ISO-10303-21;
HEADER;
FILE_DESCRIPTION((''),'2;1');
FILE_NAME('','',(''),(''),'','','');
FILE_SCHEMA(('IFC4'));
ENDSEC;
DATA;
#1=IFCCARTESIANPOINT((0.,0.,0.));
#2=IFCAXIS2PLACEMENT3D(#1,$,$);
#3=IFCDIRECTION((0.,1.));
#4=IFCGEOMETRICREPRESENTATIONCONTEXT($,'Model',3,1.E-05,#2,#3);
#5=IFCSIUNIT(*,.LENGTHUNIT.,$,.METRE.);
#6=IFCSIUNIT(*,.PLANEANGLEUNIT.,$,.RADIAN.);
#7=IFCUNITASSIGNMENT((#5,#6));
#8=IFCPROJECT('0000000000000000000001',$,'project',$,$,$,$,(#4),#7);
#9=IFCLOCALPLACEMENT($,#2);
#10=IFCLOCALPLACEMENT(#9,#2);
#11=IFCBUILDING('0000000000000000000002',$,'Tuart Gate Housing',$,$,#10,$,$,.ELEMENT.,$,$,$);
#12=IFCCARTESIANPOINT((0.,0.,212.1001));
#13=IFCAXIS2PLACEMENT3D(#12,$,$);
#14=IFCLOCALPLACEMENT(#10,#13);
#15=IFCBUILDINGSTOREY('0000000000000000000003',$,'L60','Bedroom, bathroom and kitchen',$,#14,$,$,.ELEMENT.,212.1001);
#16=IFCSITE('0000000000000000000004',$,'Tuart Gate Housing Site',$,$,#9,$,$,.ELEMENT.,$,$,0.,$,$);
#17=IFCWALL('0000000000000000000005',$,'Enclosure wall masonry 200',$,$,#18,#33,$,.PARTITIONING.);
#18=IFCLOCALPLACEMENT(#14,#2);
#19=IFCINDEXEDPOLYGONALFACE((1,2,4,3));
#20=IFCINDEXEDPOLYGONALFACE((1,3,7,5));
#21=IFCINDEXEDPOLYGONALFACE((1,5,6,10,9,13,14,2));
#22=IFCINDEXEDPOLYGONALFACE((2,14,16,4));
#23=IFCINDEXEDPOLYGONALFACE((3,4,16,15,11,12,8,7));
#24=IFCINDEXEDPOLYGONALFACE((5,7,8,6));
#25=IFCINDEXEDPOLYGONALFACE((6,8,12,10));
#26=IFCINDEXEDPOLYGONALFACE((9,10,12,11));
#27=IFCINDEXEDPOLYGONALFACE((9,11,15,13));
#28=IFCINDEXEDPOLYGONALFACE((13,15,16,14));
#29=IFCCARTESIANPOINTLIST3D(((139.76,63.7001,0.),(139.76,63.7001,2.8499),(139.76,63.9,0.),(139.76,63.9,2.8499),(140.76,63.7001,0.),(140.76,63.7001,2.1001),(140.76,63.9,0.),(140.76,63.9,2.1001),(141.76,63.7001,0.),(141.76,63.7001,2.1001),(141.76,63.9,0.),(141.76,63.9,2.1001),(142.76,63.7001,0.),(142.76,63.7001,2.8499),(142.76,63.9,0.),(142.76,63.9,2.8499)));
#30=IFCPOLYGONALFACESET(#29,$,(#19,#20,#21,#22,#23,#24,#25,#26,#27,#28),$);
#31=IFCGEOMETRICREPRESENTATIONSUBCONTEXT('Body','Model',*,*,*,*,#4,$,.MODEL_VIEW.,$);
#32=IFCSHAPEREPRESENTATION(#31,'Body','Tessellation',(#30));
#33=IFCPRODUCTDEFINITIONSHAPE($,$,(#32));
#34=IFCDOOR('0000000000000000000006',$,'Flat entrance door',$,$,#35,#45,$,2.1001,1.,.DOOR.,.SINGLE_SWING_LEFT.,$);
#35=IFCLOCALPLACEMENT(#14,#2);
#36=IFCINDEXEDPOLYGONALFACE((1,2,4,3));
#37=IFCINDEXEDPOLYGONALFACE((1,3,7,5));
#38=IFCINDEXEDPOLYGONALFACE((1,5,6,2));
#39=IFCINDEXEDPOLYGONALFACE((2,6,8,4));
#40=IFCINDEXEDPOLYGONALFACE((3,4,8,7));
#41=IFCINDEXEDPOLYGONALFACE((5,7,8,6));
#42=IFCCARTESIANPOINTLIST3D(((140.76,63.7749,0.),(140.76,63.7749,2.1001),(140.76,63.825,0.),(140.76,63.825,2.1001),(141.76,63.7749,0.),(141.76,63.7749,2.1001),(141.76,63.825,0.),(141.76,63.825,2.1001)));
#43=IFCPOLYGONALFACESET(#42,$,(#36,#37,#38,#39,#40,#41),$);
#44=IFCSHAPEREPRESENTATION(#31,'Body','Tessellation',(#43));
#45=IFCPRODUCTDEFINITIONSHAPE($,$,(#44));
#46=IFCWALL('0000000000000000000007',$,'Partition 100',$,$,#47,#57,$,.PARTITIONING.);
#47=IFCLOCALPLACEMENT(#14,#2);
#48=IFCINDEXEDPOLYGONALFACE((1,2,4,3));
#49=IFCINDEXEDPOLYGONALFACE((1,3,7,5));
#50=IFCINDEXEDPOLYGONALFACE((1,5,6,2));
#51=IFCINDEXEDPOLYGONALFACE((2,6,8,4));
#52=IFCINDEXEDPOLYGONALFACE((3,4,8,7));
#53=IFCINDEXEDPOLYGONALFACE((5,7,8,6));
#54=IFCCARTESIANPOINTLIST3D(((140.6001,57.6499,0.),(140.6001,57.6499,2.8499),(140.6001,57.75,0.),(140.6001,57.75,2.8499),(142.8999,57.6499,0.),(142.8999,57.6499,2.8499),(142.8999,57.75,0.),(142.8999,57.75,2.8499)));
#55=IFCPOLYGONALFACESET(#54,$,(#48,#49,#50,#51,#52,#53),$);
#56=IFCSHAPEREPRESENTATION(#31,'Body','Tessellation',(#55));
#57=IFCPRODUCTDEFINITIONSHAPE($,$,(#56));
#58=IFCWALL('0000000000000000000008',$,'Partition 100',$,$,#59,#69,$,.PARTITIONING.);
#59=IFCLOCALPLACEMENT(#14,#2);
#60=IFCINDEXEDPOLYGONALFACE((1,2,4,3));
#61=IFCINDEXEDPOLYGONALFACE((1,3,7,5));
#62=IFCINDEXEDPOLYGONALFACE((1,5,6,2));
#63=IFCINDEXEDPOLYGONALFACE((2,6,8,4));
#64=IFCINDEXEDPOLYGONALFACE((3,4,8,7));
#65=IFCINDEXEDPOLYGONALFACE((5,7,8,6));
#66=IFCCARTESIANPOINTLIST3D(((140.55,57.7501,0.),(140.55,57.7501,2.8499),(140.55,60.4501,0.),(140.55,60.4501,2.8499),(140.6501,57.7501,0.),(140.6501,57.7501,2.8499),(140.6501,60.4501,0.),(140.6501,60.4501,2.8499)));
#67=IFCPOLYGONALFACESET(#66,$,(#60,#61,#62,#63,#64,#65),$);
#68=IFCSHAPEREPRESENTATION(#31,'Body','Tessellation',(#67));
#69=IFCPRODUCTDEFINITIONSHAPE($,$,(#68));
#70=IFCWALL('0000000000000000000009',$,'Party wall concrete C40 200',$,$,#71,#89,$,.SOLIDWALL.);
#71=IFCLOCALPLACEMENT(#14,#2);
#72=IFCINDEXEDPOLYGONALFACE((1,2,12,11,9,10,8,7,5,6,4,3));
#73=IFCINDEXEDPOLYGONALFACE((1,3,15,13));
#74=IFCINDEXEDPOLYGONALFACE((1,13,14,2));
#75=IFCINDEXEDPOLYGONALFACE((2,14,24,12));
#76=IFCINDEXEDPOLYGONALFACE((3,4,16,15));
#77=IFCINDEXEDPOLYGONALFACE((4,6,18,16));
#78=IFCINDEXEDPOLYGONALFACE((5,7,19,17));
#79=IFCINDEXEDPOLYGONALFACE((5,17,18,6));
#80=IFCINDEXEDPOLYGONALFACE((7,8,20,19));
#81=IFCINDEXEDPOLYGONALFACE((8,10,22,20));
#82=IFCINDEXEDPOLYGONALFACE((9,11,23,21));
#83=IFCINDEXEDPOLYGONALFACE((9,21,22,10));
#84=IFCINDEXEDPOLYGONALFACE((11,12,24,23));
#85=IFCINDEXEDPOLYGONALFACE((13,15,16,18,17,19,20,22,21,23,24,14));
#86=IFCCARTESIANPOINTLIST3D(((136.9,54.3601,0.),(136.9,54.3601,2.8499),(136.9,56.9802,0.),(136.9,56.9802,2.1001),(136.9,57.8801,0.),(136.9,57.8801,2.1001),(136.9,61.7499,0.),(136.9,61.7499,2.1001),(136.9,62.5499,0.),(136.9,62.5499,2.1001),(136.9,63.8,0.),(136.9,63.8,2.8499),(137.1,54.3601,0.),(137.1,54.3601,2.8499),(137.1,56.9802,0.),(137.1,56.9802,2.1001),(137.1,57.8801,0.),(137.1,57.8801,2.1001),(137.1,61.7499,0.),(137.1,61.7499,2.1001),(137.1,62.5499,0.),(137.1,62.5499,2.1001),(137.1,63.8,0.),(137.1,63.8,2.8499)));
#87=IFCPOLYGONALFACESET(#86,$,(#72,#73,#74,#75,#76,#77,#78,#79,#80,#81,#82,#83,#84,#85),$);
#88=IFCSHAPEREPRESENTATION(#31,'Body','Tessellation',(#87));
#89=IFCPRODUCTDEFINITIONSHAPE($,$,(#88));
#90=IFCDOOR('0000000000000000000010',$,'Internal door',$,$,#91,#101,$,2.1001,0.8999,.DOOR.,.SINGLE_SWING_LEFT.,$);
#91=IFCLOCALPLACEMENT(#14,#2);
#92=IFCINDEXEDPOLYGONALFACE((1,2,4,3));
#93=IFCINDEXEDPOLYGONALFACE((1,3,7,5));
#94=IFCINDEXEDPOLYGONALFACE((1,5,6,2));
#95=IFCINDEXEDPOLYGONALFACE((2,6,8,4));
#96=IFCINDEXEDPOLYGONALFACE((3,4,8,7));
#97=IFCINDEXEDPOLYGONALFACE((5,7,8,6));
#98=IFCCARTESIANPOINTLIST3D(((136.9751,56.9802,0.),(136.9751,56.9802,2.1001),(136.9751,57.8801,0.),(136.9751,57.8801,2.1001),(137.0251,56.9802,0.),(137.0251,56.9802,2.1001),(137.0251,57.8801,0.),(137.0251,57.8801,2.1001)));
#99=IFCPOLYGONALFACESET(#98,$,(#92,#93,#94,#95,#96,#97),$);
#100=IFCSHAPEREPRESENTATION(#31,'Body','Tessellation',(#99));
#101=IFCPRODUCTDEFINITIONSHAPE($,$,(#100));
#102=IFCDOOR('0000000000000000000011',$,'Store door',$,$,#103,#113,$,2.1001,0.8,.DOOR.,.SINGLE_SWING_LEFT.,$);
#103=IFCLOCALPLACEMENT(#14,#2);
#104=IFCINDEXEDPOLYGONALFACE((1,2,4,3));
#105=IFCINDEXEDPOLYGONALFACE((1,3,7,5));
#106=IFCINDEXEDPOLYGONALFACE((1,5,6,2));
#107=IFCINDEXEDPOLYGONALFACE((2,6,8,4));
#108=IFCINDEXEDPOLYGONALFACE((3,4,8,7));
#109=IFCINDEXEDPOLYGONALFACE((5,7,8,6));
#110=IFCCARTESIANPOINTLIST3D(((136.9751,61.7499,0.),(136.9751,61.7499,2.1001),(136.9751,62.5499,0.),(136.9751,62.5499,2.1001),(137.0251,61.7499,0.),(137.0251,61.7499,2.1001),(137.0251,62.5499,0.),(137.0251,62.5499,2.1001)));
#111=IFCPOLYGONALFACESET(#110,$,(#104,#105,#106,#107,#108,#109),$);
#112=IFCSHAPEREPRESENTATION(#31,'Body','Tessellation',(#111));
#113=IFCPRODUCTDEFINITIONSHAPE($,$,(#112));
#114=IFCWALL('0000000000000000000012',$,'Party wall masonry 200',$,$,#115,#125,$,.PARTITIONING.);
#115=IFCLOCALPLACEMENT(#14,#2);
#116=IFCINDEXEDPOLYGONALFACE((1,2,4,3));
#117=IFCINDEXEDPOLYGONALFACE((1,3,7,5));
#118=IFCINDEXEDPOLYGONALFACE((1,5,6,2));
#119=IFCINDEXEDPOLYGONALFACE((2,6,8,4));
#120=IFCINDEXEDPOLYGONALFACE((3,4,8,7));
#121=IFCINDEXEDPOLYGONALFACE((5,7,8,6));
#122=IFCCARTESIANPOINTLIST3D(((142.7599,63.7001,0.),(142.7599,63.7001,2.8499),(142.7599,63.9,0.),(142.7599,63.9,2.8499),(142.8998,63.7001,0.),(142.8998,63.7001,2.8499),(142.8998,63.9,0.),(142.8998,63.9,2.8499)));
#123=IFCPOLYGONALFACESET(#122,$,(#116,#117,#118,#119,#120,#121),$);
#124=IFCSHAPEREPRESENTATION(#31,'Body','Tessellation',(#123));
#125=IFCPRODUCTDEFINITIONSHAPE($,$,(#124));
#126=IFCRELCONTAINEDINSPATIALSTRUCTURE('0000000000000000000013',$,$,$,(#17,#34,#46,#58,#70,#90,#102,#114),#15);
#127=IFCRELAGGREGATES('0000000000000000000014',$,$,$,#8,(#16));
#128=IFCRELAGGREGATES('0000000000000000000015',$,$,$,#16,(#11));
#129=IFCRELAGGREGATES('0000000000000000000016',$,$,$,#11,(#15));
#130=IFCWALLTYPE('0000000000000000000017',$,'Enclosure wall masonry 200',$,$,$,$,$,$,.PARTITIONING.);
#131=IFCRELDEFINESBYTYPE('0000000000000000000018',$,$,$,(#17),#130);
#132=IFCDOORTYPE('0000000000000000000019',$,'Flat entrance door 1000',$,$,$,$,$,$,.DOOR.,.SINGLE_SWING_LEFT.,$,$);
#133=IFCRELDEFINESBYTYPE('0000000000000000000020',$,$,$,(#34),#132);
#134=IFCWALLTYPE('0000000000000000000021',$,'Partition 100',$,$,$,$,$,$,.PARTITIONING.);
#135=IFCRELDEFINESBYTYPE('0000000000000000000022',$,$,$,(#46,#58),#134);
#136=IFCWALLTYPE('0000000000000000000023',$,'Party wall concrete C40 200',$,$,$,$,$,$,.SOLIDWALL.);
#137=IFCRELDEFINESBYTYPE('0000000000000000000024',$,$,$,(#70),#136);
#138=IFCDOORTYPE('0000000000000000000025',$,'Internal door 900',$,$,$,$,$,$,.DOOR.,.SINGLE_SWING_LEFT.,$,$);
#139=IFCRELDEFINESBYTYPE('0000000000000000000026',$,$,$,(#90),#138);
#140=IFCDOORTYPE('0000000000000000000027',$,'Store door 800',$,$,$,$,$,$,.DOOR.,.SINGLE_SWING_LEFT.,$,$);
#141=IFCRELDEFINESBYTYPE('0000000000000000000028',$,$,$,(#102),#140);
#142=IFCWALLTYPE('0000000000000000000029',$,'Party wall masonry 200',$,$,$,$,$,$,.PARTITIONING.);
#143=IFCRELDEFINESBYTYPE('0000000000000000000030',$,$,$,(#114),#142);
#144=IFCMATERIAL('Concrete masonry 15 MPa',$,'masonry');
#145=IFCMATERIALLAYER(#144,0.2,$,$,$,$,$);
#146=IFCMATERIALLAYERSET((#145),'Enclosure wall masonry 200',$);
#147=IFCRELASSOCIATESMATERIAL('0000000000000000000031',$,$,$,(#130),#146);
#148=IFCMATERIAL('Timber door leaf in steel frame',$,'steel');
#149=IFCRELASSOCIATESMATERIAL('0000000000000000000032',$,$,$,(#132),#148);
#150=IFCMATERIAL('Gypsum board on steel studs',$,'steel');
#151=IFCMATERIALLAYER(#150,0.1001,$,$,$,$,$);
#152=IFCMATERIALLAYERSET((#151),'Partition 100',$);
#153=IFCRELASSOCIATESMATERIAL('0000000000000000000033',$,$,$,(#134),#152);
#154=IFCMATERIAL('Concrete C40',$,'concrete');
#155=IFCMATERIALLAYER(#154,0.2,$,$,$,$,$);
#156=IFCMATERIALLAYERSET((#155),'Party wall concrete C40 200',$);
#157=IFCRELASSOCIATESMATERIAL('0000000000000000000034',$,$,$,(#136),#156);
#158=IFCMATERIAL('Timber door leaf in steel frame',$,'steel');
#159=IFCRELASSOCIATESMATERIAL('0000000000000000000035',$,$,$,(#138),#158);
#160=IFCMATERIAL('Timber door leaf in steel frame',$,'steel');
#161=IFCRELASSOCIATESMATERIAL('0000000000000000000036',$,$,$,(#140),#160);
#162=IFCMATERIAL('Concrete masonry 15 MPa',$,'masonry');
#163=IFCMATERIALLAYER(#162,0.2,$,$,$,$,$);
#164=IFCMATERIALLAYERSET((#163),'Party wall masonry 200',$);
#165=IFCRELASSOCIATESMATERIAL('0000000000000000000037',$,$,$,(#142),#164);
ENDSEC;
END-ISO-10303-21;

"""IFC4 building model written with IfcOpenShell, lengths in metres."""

from ifc_helpers import new_model, si_unit, direction, frame, frame_2d, origin, place, context, subcontext, project, spatial, rectangle, extrude, material, layer, layer_set, type_object, element, fill, save


model = new_model("IFC4")

# Units and contexts
model_context = context("Model", 3, precision=1e-05, world=origin(), true_north=direction((0.0, 1.0)))
body_context = subcontext(model_context, "Body", "Model", "MODEL_VIEW")
ifc_project = project(units=[si_unit("LENGTHUNIT", "METRE"), si_unit("PLANEANGLEUNIT", "RADIAN")], contexts=[model_context])

# Site, building, storey
site_placement = place(None, origin())
site = spatial("IfcSite", under=ifc_project, at=site_placement, Name="Tuart Gate Housing Site", CompositionType="ELEMENT", RefElevation=0.0)
building_placement = place(site_placement, origin())
building = spatial("IfcBuilding", under=site, at=building_placement, Name="Tuart Gate Housing", CompositionType="ELEMENT")
storey_placement = place(building_placement, frame((0.0, 0.0, 212.1001)))
storey = spatial("IfcBuildingStorey", under=building, at=storey_placement, Name="L60", Description="Bedroom, bathroom and kitchen", CompositionType="ELEMENT", Elevation=212.1001)

# Wall, opening, door
ifc_material_1 = material(Name="Concrete masonry 15 MPa", Category="masonry")
ifc_layer_1 = layer(ifc_material_1, 0.2)
ifc_layer_set_1 = layer_set([ifc_layer_1], Name="Enclosure wall masonry 200")
wall_type_1 = type_object("IfcWallType", Name="Enclosure wall masonry 200", PredefinedType="PARTITIONING", material=ifc_layer_set_1)
wall_1_placement = place(storey_placement, frame((139.76, 63.8, 0.0), z_axis=(0.0, 0.0, 1.0), x_axis=(1.0, 0.0, 0.0)))
wall_1 = element("IfcWall", 1, at=wall_1_placement, inside=storey, type_object=wall_type_1, Name="Enclosure wall masonry 200", PredefinedType="PARTITIONING", context=body_context, shape_type="SweptSolid", body=[
    extrude(rectangle(XDim=3.0, YDim=0.2, at=frame_2d((1.5, 0.0))), origin(), (0.0, 0.0, 1.0), 2.8499),
])
opening_1_placement = place(wall_1_placement, frame((1.0, 0.0, 0.0)))
opening_1 = element("IfcOpeningElement", 2, at=opening_1_placement, cuts=wall_1, PredefinedType="OPENING", context=body_context, shape_type="SweptSolid", body=[
    extrude(rectangle(XDim=1.0, YDim=2.1001, at=frame_2d((0.5, 1.05))), frame((0.0, 0.1099, 0.0), z_axis=(0.0, -1.0, 0.0), x_axis=(1.0, 0.0, 0.0)), (0.0, 0.0, 1.0), 0.22),
])
ifc_material_2 = material(Name="Timber door leaf in steel frame", Category="steel")
door_type_1 = type_object("IfcDoorType", Name="Flat entrance door 1000", OperationType="SINGLE_SWING_LEFT", PredefinedType="DOOR", material=ifc_material_2)
door_1_placement = place(opening_1_placement, frame((1.0, 0.0, 0.0), z_axis=(0.0, 0.0, 1.0), x_axis=(-1.0, 0.0, 0.0)))
door_1 = element("IfcDoor", 3, at=door_1_placement, inside=storey, type_object=door_type_1, Name="Flat entrance door", OperationType="SINGLE_SWING_LEFT", OverallHeight=2.1001, OverallWidth=1.0, PredefinedType="DOOR", context=body_context, shape_type="SweptSolid", body=[
    extrude(rectangle(XDim=1.0, YDim=2.1001, at=frame_2d((0.5, 1.05))), frame((0.0, 0.0251, 0.0), z_axis=(0.0, -1.0, 0.0), x_axis=(1.0, 0.0, 0.0)), (0.0, 0.0, 1.0), 0.05),
])
fill(opening_1, door_1)

# Walls
ifc_material_3 = material(Name="Gypsum board on steel studs", Category="steel")
ifc_layer_2 = layer(ifc_material_3, 0.1001)
ifc_layer_set_2 = layer_set([ifc_layer_2], Name="Partition 100")
wall_type_2 = type_object("IfcWallType", Name="Partition 100", PredefinedType="PARTITIONING", material=ifc_layer_set_2)
wall_2_placement = place(storey_placement, frame((140.6001, 57.7, 0.0), z_axis=(0.0, 0.0, 1.0), x_axis=(1.0, 0.0, 0.0)))
element("IfcWall", 4, at=wall_2_placement, inside=storey, type_object=wall_type_2, Name="Partition 100", PredefinedType="PARTITIONING", context=body_context, shape_type="SweptSolid", body=[
    extrude(rectangle(XDim=2.2998, YDim=0.1001, at=frame_2d((1.1499, 0.0))), origin(), (0.0, 0.0, 1.0), 2.8499),
])
wall_3_placement = place(storey_placement, frame((140.6001, 57.75, 0.0), z_axis=(0.0, 0.0, 1.0), x_axis=(0.0, 1.0, 0.0)))
element("IfcWall", 5, at=wall_3_placement, inside=storey, type_object=wall_type_2, Name="Partition 100", PredefinedType="PARTITIONING", context=body_context, shape_type="SweptSolid", body=[
    extrude(rectangle(XDim=2.7, YDim=0.1001, at=frame_2d((1.3501, 0.0))), origin(), (0.0, 0.0, 1.0), 2.8499),
])

# Wall, openings, doors
ifc_material_4 = material(Name="Concrete C40", Category="concrete")
ifc_layer_3 = layer(ifc_material_4, 0.2)
ifc_layer_set_3 = layer_set([ifc_layer_3], Name="Party wall concrete C40 200")
wall_type_3 = type_object("IfcWallType", Name="Party wall concrete C40 200", PredefinedType="SOLIDWALL", material=ifc_layer_set_3)
wall_4_placement = place(storey_placement, frame((137.0, 54.3601, 0.0), z_axis=(0.0, 0.0, 1.0), x_axis=(0.0, 1.0, 0.0)))
wall_4 = element("IfcWall", 6, at=wall_4_placement, inside=storey, type_object=wall_type_3, Name="Party wall concrete C40 200", PredefinedType="SOLIDWALL", context=body_context, shape_type="SweptSolid", body=[
    extrude(rectangle(XDim=9.4399, YDim=0.2, at=frame_2d((4.72, 0.0))), origin(), (0.0, 0.0, 1.0), 2.8499),
])
opening_2_placement = place(wall_4_placement, frame((2.6201, 0.0, 0.0)))
opening_2 = element("IfcOpeningElement", 7, at=opening_2_placement, cuts=wall_4, PredefinedType="OPENING", context=body_context, shape_type="SweptSolid", body=[
    extrude(rectangle(XDim=0.8999, YDim=2.1001, at=frame_2d((0.45, 1.05))), frame((0.0, 0.1099, 0.0), z_axis=(0.0, -1.0, 0.0), x_axis=(1.0, 0.0, 0.0)), (0.0, 0.0, 1.0), 0.22),
])
opening_3_placement = place(wall_4_placement, frame((7.3899, 0.0, 0.0)))
opening_3 = element("IfcOpeningElement", 8, at=opening_3_placement, cuts=wall_4, PredefinedType="OPENING", context=body_context, shape_type="SweptSolid", body=[
    extrude(rectangle(XDim=0.8, YDim=2.1001, at=frame_2d((0.3999, 1.05))), frame((0.0, 0.1099, 0.0), z_axis=(0.0, -1.0, 0.0), x_axis=(1.0, 0.0, 0.0)), (0.0, 0.0, 1.0), 0.22),
])
ifc_material_5 = material(Name="Timber door leaf in steel frame", Category="steel")
door_type_2 = type_object("IfcDoorType", Name="Internal door 900", OperationType="SINGLE_SWING_LEFT", PredefinedType="DOOR", material=ifc_material_5)
door_2_placement = place(opening_2_placement, origin())
door_2 = element("IfcDoor", 9, at=door_2_placement, inside=storey, type_object=door_type_2, Name="Internal door", OperationType="SINGLE_SWING_LEFT", OverallHeight=2.1001, OverallWidth=0.8999, PredefinedType="DOOR", context=body_context, shape_type="SweptSolid", body=[
    extrude(rectangle(XDim=0.8999, YDim=2.1001, at=frame_2d((0.45, 1.05))), frame((0.0, 0.0249, 0.0), z_axis=(0.0, -1.0, 0.0), x_axis=(1.0, 0.0, 0.0)), (0.0, 0.0, 1.0), 0.05),
])
fill(opening_2, door_2)
ifc_material_6 = material(Name="Timber door leaf in steel frame", Category="steel")
door_type_3 = type_object("IfcDoorType", Name="Store door 800", OperationType="SINGLE_SWING_LEFT", PredefinedType="DOOR", material=ifc_material_6)
door_3_placement = place(opening_3_placement, origin())
door_3 = element("IfcDoor", 10, at=door_3_placement, inside=storey, type_object=door_type_3, Name="Store door", OperationType="SINGLE_SWING_LEFT", OverallHeight=2.1001, OverallWidth=0.8, PredefinedType="DOOR", context=body_context, shape_type="SweptSolid", body=[
    extrude(rectangle(XDim=0.8, YDim=2.1001, at=frame_2d((0.3999, 1.05))), frame((0.0, 0.0249, 0.0), z_axis=(0.0, -1.0, 0.0), x_axis=(1.0, 0.0, 0.0)), (0.0, 0.0, 1.0), 0.05),
])
fill(opening_3, door_3)

# Wall
ifc_material_7 = material(Name="Concrete masonry 15 MPa", Category="masonry")
ifc_layer_4 = layer(ifc_material_7, 0.2)
ifc_layer_set_4 = layer_set([ifc_layer_4], Name="Party wall masonry 200")
wall_type_4 = type_object("IfcWallType", Name="Party wall masonry 200", PredefinedType="PARTITIONING", material=ifc_layer_set_4)
wall_5_placement = place(storey_placement, frame((142.76, 63.8, 0.0), z_axis=(0.0, 0.0, 1.0), x_axis=(1.0, 0.0, 0.0)))
element("IfcWall", 11, at=wall_5_placement, inside=storey, type_object=wall_type_4, Name="Party wall masonry 200", PredefinedType="PARTITIONING", context=body_context, shape_type="SweptSolid", body=[
    extrude(rectangle(XDim=0.1399, YDim=0.2, at=frame_2d((0.0698, 0.0))), origin(), (0.0, 0.0, 1.0), 2.8499),
])

save(model, "model.ifc")
